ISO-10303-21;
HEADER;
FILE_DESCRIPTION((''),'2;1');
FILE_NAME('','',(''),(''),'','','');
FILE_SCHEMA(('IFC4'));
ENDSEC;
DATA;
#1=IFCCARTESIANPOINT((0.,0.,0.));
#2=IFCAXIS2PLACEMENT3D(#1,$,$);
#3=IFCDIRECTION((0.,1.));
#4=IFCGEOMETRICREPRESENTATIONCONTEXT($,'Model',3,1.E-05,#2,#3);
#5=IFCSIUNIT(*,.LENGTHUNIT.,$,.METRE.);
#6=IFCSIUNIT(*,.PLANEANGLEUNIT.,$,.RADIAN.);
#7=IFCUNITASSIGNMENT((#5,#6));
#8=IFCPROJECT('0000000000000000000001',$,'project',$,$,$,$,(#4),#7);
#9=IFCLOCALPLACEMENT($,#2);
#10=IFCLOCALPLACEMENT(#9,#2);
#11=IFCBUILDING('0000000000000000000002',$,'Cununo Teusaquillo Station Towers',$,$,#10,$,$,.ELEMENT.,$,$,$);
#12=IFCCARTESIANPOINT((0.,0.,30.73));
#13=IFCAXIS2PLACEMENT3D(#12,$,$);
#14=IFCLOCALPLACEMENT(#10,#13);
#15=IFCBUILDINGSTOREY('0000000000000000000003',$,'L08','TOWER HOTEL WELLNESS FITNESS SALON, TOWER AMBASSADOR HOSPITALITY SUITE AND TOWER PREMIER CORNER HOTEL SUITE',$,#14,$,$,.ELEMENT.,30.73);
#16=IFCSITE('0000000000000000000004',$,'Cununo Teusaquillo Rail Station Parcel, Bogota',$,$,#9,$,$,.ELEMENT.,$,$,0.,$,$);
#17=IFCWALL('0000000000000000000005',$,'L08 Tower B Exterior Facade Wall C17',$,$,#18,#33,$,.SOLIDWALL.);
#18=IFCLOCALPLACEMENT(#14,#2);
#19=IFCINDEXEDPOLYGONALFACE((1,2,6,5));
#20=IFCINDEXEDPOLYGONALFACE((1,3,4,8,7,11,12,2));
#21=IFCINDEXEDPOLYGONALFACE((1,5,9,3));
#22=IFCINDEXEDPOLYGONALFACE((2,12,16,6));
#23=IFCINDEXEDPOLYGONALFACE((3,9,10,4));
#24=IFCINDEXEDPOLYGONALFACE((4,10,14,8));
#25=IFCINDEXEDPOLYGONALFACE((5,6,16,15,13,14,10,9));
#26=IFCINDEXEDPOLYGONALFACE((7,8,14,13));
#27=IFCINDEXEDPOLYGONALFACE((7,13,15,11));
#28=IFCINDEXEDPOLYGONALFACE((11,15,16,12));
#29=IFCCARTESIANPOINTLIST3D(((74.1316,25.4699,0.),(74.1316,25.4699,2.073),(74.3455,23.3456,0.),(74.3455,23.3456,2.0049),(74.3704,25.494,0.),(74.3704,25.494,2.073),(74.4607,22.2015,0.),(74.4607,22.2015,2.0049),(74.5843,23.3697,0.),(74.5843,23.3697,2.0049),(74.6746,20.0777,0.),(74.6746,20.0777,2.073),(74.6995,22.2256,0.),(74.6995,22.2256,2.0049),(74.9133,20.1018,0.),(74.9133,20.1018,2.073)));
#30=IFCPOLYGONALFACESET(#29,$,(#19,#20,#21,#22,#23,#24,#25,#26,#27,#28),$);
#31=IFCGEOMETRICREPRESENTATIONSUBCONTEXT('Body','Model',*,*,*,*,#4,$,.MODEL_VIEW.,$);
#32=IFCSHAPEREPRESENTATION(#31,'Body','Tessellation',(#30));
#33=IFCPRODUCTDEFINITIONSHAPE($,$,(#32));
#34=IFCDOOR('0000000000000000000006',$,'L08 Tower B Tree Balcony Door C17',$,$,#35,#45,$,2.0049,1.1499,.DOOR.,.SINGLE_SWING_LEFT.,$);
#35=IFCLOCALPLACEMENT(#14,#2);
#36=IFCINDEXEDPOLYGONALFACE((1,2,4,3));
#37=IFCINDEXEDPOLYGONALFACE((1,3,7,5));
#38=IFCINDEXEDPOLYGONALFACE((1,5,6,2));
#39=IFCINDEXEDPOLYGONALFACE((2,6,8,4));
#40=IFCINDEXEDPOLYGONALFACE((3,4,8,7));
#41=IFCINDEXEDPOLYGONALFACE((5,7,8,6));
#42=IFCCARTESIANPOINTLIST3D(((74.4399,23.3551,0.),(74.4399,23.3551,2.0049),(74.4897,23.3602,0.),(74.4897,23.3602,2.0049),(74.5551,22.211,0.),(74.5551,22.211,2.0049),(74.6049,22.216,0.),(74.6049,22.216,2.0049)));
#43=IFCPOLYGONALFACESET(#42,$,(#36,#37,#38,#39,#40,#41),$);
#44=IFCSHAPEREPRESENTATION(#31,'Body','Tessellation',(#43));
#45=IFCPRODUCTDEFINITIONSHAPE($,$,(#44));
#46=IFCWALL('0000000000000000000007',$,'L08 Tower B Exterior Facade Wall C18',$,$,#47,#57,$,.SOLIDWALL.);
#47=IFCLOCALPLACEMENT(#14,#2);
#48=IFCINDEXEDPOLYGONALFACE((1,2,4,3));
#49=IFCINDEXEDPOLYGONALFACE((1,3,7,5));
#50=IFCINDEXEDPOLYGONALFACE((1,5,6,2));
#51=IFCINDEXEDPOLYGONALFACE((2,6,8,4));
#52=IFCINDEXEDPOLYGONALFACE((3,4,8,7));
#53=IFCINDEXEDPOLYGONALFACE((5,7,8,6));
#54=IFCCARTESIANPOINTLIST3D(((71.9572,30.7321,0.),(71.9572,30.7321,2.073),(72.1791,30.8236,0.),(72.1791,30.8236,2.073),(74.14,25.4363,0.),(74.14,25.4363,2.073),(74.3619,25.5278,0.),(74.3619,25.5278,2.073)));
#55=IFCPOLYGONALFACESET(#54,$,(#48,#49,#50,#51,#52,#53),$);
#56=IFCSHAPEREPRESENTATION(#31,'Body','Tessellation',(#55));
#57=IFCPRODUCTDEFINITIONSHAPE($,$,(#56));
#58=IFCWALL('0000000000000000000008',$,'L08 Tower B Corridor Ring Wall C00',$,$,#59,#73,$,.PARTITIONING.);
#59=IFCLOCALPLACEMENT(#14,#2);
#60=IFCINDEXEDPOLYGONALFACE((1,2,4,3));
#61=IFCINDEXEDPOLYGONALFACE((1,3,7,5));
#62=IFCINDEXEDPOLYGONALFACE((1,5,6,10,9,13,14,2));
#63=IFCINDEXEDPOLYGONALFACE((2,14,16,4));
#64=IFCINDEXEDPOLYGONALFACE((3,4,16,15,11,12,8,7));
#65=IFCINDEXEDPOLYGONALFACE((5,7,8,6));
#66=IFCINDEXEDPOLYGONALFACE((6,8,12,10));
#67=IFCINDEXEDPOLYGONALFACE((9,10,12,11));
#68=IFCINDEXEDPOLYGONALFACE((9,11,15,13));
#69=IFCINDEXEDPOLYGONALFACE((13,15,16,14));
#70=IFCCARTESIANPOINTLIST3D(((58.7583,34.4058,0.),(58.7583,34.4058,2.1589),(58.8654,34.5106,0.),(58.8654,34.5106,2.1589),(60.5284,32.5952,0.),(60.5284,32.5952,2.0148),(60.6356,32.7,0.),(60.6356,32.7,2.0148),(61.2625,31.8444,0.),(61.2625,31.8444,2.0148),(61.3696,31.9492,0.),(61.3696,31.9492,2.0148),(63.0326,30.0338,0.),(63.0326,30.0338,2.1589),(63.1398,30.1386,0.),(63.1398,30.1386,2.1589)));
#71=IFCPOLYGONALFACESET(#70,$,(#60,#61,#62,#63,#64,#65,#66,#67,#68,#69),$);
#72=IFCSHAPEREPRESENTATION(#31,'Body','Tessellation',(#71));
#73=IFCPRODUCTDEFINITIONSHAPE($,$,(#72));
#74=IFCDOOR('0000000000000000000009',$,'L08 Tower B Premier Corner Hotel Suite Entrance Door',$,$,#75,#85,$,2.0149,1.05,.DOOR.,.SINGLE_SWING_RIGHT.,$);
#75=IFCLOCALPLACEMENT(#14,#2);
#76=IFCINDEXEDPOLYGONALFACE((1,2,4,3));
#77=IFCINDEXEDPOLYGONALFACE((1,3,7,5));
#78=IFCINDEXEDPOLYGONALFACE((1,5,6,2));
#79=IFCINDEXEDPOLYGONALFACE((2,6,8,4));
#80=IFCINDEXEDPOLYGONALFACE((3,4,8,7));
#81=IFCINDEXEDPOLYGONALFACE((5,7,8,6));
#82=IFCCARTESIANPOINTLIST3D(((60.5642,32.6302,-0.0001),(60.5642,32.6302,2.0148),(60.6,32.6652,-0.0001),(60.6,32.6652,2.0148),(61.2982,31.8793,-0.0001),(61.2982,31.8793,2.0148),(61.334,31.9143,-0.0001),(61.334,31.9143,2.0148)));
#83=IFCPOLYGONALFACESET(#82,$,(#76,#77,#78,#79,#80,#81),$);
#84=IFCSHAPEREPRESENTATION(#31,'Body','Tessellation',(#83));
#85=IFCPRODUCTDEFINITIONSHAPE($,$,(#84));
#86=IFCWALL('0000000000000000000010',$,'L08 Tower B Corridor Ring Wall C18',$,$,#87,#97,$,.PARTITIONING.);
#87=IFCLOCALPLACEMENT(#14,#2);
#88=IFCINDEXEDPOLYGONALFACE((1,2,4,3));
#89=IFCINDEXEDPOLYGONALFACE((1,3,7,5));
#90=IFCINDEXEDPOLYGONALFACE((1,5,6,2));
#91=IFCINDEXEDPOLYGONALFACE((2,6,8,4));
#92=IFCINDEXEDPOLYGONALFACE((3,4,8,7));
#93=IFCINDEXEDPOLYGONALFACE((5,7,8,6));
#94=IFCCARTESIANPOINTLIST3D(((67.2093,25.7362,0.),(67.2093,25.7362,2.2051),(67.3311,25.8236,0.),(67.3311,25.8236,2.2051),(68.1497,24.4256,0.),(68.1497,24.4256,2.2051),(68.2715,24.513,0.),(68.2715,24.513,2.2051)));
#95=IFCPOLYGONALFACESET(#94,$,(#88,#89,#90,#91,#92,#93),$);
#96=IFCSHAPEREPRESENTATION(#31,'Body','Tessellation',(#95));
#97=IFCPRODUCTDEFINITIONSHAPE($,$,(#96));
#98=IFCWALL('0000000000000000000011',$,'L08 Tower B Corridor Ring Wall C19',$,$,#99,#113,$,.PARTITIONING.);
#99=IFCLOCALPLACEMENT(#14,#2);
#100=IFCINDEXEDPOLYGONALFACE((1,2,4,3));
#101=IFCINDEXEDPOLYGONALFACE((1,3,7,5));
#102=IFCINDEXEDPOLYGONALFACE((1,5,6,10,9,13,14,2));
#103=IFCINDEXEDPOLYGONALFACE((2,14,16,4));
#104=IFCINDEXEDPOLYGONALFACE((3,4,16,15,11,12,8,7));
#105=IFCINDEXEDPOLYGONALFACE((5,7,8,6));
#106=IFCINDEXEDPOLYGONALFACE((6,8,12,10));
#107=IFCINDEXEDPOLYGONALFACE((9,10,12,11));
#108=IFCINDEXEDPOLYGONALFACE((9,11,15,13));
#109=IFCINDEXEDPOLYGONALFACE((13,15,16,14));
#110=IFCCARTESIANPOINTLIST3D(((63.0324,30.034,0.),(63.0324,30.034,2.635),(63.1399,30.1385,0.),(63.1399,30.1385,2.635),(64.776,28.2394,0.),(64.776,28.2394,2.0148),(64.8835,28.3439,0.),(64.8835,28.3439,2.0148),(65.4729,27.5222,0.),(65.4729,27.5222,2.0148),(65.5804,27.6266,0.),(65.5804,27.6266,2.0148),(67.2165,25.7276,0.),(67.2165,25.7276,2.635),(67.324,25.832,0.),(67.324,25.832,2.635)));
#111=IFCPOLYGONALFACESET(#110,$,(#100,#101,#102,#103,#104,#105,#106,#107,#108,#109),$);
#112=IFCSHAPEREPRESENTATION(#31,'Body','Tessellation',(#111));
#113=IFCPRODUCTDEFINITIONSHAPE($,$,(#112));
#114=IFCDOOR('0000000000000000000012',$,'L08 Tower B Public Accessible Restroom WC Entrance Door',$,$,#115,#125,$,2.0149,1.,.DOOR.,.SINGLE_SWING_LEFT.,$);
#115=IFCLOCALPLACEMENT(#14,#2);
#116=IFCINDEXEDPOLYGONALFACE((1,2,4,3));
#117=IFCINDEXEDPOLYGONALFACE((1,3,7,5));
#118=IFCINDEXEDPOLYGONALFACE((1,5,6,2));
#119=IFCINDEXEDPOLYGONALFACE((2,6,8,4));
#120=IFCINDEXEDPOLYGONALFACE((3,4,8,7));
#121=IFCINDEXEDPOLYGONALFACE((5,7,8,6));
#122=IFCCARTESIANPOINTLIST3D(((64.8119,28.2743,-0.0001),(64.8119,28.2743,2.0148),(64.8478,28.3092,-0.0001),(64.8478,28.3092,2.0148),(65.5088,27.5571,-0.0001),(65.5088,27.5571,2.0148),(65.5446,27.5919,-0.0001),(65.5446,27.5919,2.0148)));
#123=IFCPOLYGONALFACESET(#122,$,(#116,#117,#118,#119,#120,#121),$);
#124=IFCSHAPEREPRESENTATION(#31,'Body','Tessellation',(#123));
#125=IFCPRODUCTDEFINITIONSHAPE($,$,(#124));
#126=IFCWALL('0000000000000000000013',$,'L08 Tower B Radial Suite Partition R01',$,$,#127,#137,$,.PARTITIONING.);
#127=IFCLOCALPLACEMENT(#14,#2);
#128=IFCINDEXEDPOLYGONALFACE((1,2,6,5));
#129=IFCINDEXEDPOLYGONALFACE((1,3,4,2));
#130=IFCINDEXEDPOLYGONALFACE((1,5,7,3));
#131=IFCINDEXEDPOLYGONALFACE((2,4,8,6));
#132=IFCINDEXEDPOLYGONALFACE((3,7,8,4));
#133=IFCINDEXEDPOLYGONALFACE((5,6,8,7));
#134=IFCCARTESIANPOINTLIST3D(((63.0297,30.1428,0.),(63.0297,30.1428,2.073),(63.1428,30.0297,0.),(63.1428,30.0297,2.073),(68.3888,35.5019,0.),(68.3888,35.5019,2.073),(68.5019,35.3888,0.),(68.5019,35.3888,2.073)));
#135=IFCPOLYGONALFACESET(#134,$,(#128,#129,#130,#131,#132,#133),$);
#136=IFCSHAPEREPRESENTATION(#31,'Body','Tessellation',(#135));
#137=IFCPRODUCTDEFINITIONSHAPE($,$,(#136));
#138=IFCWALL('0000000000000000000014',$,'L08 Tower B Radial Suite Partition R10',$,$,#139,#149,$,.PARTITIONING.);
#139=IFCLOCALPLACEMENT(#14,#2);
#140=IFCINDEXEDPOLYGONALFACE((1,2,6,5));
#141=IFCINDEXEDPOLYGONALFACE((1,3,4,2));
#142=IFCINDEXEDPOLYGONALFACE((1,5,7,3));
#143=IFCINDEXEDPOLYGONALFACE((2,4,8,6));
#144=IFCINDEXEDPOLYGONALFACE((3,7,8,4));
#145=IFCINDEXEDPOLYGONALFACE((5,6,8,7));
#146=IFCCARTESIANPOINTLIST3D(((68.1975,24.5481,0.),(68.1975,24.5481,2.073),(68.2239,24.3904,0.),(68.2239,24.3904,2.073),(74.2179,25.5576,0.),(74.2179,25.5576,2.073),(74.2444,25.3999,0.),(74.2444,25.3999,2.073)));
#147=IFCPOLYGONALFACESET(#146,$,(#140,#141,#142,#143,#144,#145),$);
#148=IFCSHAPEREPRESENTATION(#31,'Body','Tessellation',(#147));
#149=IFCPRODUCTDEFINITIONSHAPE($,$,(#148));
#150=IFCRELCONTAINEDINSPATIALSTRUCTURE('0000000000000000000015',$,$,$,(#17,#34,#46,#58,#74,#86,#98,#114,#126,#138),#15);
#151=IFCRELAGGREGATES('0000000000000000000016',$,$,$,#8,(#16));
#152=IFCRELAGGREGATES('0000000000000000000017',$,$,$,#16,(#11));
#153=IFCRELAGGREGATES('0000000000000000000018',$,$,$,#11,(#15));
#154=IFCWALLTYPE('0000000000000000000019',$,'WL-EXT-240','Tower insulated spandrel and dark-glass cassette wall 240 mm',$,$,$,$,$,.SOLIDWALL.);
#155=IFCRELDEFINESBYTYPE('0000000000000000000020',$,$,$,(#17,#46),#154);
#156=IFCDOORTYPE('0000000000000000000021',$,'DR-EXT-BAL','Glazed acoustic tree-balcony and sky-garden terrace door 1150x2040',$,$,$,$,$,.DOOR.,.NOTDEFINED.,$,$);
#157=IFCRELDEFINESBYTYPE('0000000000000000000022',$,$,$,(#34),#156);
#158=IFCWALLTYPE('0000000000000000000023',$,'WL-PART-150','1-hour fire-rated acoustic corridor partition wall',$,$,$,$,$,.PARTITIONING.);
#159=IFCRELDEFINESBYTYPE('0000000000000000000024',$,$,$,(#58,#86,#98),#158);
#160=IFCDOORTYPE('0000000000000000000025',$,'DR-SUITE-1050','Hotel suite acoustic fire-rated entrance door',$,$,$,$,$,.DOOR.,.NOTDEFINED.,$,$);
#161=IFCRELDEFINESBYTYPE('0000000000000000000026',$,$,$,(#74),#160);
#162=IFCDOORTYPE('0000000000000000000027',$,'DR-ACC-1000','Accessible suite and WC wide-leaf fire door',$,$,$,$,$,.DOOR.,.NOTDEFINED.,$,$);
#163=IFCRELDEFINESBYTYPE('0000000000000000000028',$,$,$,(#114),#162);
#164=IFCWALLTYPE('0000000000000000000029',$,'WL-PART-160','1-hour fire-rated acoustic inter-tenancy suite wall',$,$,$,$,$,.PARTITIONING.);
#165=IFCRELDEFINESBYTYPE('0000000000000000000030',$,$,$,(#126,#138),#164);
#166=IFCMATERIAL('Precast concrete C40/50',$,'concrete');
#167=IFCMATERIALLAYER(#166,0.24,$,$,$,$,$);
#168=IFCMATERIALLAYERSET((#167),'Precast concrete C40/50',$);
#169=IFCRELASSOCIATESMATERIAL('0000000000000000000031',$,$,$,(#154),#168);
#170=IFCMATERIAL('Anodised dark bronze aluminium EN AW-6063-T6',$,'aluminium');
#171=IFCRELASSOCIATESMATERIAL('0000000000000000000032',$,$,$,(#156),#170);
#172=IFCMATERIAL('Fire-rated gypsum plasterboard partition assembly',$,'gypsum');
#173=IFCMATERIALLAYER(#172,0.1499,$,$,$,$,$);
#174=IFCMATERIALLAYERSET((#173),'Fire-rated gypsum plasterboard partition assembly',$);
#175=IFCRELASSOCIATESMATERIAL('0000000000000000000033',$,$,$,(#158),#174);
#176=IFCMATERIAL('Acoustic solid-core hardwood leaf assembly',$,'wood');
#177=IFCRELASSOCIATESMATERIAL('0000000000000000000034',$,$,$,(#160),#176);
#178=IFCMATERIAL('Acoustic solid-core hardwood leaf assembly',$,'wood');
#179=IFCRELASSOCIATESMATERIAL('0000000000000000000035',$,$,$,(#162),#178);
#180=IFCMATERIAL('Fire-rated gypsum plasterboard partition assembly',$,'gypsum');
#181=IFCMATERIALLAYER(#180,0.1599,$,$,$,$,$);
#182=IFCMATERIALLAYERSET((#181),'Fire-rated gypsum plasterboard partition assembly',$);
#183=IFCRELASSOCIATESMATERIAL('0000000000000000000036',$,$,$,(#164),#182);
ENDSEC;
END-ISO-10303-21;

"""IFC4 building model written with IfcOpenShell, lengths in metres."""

from ifc_helpers import new_model, si_unit, direction, frame, frame_2d, origin, place, context, subcontext, project, spatial, rectangle, extrude, source, transform, mapped, material, layer, layer_set, type_object, element, fill, save


model = new_model("IFC4")

# Units and contexts
model_context = context("Model", 3, precision=1e-05, world=origin(), true_north=direction((0.0, 1.0)))
body_context = subcontext(model_context, "Body", "Model", "MODEL_VIEW")
ifc_project = project(units=[si_unit("LENGTHUNIT", "METRE"), si_unit("PLANEANGLEUNIT", "RADIAN")], contexts=[model_context])

# Site, building, storey
site_placement = place(None, origin())
site = spatial("IfcSite", under=ifc_project, at=site_placement, Name="Cununo Teusaquillo Rail Station Parcel, Bogota", CompositionType="ELEMENT", RefElevation=0.0)
building_placement = place(site_placement, origin())
building = spatial("IfcBuilding", under=site, at=building_placement, Name="Cununo Teusaquillo Station Towers", CompositionType="ELEMENT")
storey_placement = place(building_placement, frame((0.0, 0.0, 30.73)))
storey = spatial("IfcBuildingStorey", under=building, at=storey_placement, Name="L08", Description="TOWER HOTEL WELLNESS FITNESS SALON, TOWER AMBASSADOR HOSPITALITY SUITE AND TOWER PREMIER CORNER HOTEL SUITE", CompositionType="ELEMENT", Elevation=30.73)

# Wall, opening, door
ifc_material_1 = material(Name="Precast concrete C40/50", Category="concrete")
ifc_layer_1 = layer(ifc_material_1, 0.24)
ifc_layer_set_1 = layer_set([ifc_layer_1], Name="Precast concrete C40/50")
wall_type_1 = type_object("IfcWallType", Name="WL-EXT-240", Description="Tower insulated spandrel and dark-glass cassette wall 240 mm", PredefinedType="SOLIDWALL", material=ifc_layer_set_1)
wall_1_placement = place(storey_placement, frame((74.251, 25.4819, 0.0), z_axis=(0.0, 0.0, 1.0), x_axis=(0.100191, -0.994968, 0.0)))
wall_1 = element("IfcWall", 1, at=wall_1_placement, inside=storey, type_object=wall_type_1, Name="L08 Tower B Exterior Facade Wall C17", PredefinedType="SOLIDWALL", context=body_context, shape_type="SweptSolid", body=[
    extrude(rectangle(XDim=5.4194, YDim=0.24, at=frame_2d((2.7097, 0.0))), origin(), (0.0, 0.0, 1.0), 2.073),
])
shared_shape_1 = source(origin(), body_context, "Body", "SweptSolid", [
    extrude(rectangle(XDim=1.1499, YDim=2.0049, at=frame_2d((0.575, 1.0024))), frame((0.0, 0.1299, 0.0), z_axis=(0.0, -1.0, 0.0), x_axis=(1.0, 0.0, 0.0)), (0.0, 0.0, 1.0), 0.26),
])
opening_1_placement = place(wall_1_placement, frame((2.135, 0.0, 0.0)))
opening_1 = element("IfcOpeningElement", 2, at=opening_1_placement, cuts=wall_1, PredefinedType="OPENING", context=body_context, shape_type="MappedRepresentation", body=[
    mapped(shared_shape_1, transform((0.0, 0.0, 0.0), x_axis=(1.0, 0.0, 0.0), y_axis=(0.0, 1.0, 0.0), z_axis=(0.0, 0.0, 1.0), scale=1.0)),
])
ifc_material_2 = material(Name="Anodised dark bronze aluminium EN AW-6063-T6", Category="aluminium")
door_type_1 = type_object("IfcDoorType", Name="DR-EXT-BAL", Description="Glazed acoustic tree-balcony and sky-garden terrace door 1150x2040", OperationType="NOTDEFINED", PredefinedType="DOOR", material=ifc_material_2)
shared_shape_2 = source(origin(), body_context, "Body", "SweptSolid", [
    extrude(rectangle(XDim=1.1499, YDim=2.0049, at=frame_2d((0.575, 1.0024))), frame((0.0, 0.0249, 0.0), z_axis=(0.0, -1.0, 0.0), x_axis=(1.0, 0.0, 0.0)), (0.0, 0.0, 1.0), 0.05),
])
door_1_placement = place(opening_1_placement, origin())
door_1 = element("IfcDoor", 3, at=door_1_placement, inside=storey, type_object=door_type_1, Name="L08 Tower B Tree Balcony Door C17", OperationType="SINGLE_SWING_LEFT", OverallHeight=2.0049, OverallWidth=1.1499, PredefinedType="DOOR", context=body_context, shape_type="MappedRepresentation", body=[
    mapped(shared_shape_2, transform((0.0, 0.0, 0.0), x_axis=(1.0, 0.0, 0.0), y_axis=(0.0, 1.0, 0.0), z_axis=(0.0, 0.0, 1.0), scale=1.0)),
])
fill(opening_1, door_1)

# Wall
wall_2_placement = place(storey_placement, frame((72.0681, 30.7778, 0.0), z_axis=(0.0, 0.0, 1.0), x_axis=(0.381078, -0.924543, 0.0)))
element("IfcWall", 4, at=wall_2_placement, inside=storey, type_object=wall_type_1, Name="L08 Tower B Exterior Facade Wall C18", PredefinedType="SOLIDWALL", context=body_context, shape_type="SweptSolid", body=[
    extrude(rectangle(XDim=5.728, YDim=0.24, at=frame_2d((2.864, 0.0))), origin(), (0.0, 0.0, 1.0), 2.073),
])

# Wall, opening, door
ifc_material_3 = material(Name="Fire-rated gypsum plasterboard partition assembly", Category="gypsum")
ifc_layer_2 = layer(ifc_material_3, 0.1499)
ifc_layer_set_2 = layer_set([ifc_layer_2], Name="Fire-rated gypsum plasterboard partition assembly")
wall_type_2 = type_object("IfcWallType", Name="WL-PART-150", Description="1-hour fire-rated acoustic corridor partition wall", PredefinedType="PARTITIONING", material=ifc_layer_set_2)
wall_3_placement = place(storey_placement, frame((63.0862, 30.0862, 0.0), z_axis=(0.0, 0.0, 1.0), x_axis=(-0.699076, 0.715047, 0.0)))
wall_3 = element("IfcWall", 5, at=wall_3_placement, inside=storey, type_object=wall_type_2, Name="L08 Tower B Corridor Ring Wall C00", PredefinedType="PARTITIONING", context=body_context, shape_type="SweptSolid", body=[
    extrude(rectangle(XDim=6.1143, YDim=0.1499, at=frame_2d((3.0571, 0.0))), origin(), (0.0, 0.0, 1.0), 2.1589),
])
shared_shape_3 = source(origin(), body_context, "Body", "SweptSolid", [
    extrude(rectangle(XDim=1.05, YDim=2.0149, at=frame_2d((0.5249, 1.0073))), frame((0.0, 0.085, 0.0), z_axis=(0.0, -1.0, 0.0), x_axis=(1.0, 0.0, 0.0)), (0.0, 0.0, 1.0), 0.1699),
])
opening_2_placement = place(wall_3_placement, frame((2.5322, 0.0, 0.0)))
opening_2 = element("IfcOpeningElement", 6, at=opening_2_placement, cuts=wall_3, PredefinedType="OPENING", context=body_context, shape_type="MappedRepresentation", body=[
    mapped(shared_shape_3, transform((0.0, 0.0, 0.0), x_axis=(1.0, 0.0, 0.0), y_axis=(0.0, 1.0, 0.0), z_axis=(0.0, 0.0, 1.0), scale=1.0)),
])
ifc_material_4 = material(Name="Acoustic solid-core hardwood leaf assembly", Category="wood")
door_type_2 = type_object("IfcDoorType", Name="DR-SUITE-1050", Description="Hotel suite acoustic fire-rated entrance door", OperationType="NOTDEFINED", PredefinedType="DOOR", material=ifc_material_4)
shared_shape_4 = source(origin(), body_context, "Body", "SweptSolid", [
    extrude(rectangle(XDim=1.05, YDim=2.0149, at=frame_2d((0.5249, 1.0073))), frame((0.0, 0.0249, 0.0), z_axis=(0.0, -1.0, 0.0), x_axis=(1.0, 0.0, 0.0)), (0.0, 0.0, 1.0), 0.05),
])
door_2_placement = place(opening_2_placement, origin())
door_2 = element("IfcDoor", 7, at=door_2_placement, inside=storey, type_object=door_type_2, Name="L08 Tower B Premier Corner Hotel Suite Entrance Door", OperationType="SINGLE_SWING_RIGHT", OverallHeight=2.0149, OverallWidth=1.05, PredefinedType="DOOR", context=body_context, shape_type="MappedRepresentation", body=[
    mapped(shared_shape_4, transform((0.0, 0.0, 0.0), x_axis=(1.0, 0.0, 0.0), y_axis=(0.0, 1.0, 0.0), z_axis=(0.0, 0.0, 1.0), scale=1.0)),
])
fill(opening_2, door_2)

# Wall
wall_4_placement = place(storey_placement, frame((68.2107, 24.4692, 0.0), z_axis=(0.0, 0.0, 1.0), x_axis=(-0.583012, 0.812463, 0.0)))
element("IfcWall", 8, at=wall_4_placement, inside=storey, type_object=wall_type_2, Name="L08 Tower B Corridor Ring Wall C18", PredefinedType="PARTITIONING", context=body_context, shape_type="SweptSolid", body=[
    extrude(rectangle(XDim=1.613, YDim=0.1499, at=frame_2d((0.8066, 0.0))), origin(), (0.0, 0.0, 1.0), 2.2051),
])

# Wall, opening, door
wall_5_placement = place(storey_placement, frame((67.2703, 25.7798, 0.0), z_axis=(0.0, 0.0, 1.0), x_axis=(-0.696848, 0.717219, 0.0)))
wall_5 = element("IfcWall", 9, at=wall_5_placement, inside=storey, type_object=wall_type_2, Name="L08 Tower B Corridor Ring Wall C19", PredefinedType="PARTITIONING", context=body_context, shape_type="SweptSolid", body=[
    extrude(rectangle(XDim=6.0044, YDim=0.1499, at=frame_2d((3.0022, 0.0))), origin(), (0.0, 0.0, 1.0), 2.635),
])
shared_shape_5 = source(origin(), body_context, "Body", "SweptSolid", [
    extrude(rectangle(XDim=1.0, YDim=2.0149, at=frame_2d((0.5, 1.0073))), frame((0.0, 0.085, 0.0), z_axis=(0.0, -1.0, 0.0), x_axis=(1.0, 0.0, 0.0)), (0.0, 0.0, 1.0), 0.1699),
])
opening_3_placement = place(wall_5_placement, frame((2.5022, 0.0, 0.0)))
opening_3 = element("IfcOpeningElement", 10, at=opening_3_placement, cuts=wall_5, PredefinedType="OPENING", context=body_context, shape_type="MappedRepresentation", body=[
    mapped(shared_shape_5, transform((0.0, 0.0, 0.0), x_axis=(1.0, 0.0, 0.0), y_axis=(0.0, 1.0, 0.0), z_axis=(0.0, 0.0, 1.0), scale=1.0)),
])
ifc_material_5 = material(Name="Acoustic solid-core hardwood leaf assembly", Category="wood")
door_type_3 = type_object("IfcDoorType", Name="DR-ACC-1000", Description="Accessible suite and WC wide-leaf fire door", OperationType="NOTDEFINED", PredefinedType="DOOR", material=ifc_material_5)
shared_shape_6 = source(origin(), body_context, "Body", "SweptSolid", [
    extrude(rectangle(XDim=1.0, YDim=2.0149, at=frame_2d((0.5, 1.0073))), frame((0.0, 0.0249, 0.0), z_axis=(0.0, -1.0, 0.0), x_axis=(1.0, 0.0, 0.0)), (0.0, 0.0, 1.0), 0.05),
])
door_3_placement = place(opening_3_placement, origin())
door_3 = element("IfcDoor", 11, at=door_3_placement, inside=storey, type_object=door_type_3, Name="L08 Tower B Public Accessible Restroom WC Entrance Door", OperationType="SINGLE_SWING_LEFT", OverallHeight=2.0149, OverallWidth=1.0, PredefinedType="DOOR", context=body_context, shape_type="MappedRepresentation", body=[
    mapped(shared_shape_6, transform((0.0, 0.0, 0.0), x_axis=(1.0, 0.0, 0.0), y_axis=(0.0, 1.0, 0.0), z_axis=(0.0, 0.0, 1.0), scale=1.0)),
])
fill(opening_3, door_3)

# Walls
ifc_material_6 = material(Name="Fire-rated gypsum plasterboard partition assembly", Category="gypsum")
ifc_layer_3 = layer(ifc_material_6, 0.1599)
ifc_layer_set_3 = layer_set([ifc_layer_3], Name="Fire-rated gypsum plasterboard partition assembly")
wall_type_3 = type_object("IfcWallType", Name="WL-PART-160", Description="1-hour fire-rated acoustic inter-tenancy suite wall", PredefinedType="PARTITIONING", material=ifc_layer_set_3)
wall_6_placement = place(storey_placement, frame((63.0862, 30.0862, 0.0), z_axis=(0.0, 0.0, 1.0), x_axis=(0.707107, 0.707107, 0.0)))
element("IfcWall", 12, at=wall_6_placement, inside=storey, type_object=wall_type_3, Name="L08 Tower B Radial Suite Partition R01", PredefinedType="PARTITIONING", context=body_context, shape_type="SweptSolid", body=[
    extrude(rectangle(XDim=7.5789, YDim=0.1599, at=frame_2d((3.7896, 0.0))), origin(), (0.0, 0.0, 1.0), 2.073),
])
wall_7_placement = place(storey_placement, frame((68.2107, 24.4692, 0.0), z_axis=(0.0, 0.0, 1.0), x_axis=(0.986231, 0.165372, 0.0)))
element("IfcWall", 13, at=wall_7_placement, inside=storey, type_object=wall_type_3, Name="L08 Tower B Radial Suite Partition R10", PredefinedType="PARTITIONING", context=body_context, shape_type="SweptSolid", body=[
    extrude(rectangle(XDim=6.1045, YDim=0.1599, at=frame_2d((3.0522, 0.0))), origin(), (0.0, 0.0, 1.0), 2.073),
])

save(model, "model.ifc")
